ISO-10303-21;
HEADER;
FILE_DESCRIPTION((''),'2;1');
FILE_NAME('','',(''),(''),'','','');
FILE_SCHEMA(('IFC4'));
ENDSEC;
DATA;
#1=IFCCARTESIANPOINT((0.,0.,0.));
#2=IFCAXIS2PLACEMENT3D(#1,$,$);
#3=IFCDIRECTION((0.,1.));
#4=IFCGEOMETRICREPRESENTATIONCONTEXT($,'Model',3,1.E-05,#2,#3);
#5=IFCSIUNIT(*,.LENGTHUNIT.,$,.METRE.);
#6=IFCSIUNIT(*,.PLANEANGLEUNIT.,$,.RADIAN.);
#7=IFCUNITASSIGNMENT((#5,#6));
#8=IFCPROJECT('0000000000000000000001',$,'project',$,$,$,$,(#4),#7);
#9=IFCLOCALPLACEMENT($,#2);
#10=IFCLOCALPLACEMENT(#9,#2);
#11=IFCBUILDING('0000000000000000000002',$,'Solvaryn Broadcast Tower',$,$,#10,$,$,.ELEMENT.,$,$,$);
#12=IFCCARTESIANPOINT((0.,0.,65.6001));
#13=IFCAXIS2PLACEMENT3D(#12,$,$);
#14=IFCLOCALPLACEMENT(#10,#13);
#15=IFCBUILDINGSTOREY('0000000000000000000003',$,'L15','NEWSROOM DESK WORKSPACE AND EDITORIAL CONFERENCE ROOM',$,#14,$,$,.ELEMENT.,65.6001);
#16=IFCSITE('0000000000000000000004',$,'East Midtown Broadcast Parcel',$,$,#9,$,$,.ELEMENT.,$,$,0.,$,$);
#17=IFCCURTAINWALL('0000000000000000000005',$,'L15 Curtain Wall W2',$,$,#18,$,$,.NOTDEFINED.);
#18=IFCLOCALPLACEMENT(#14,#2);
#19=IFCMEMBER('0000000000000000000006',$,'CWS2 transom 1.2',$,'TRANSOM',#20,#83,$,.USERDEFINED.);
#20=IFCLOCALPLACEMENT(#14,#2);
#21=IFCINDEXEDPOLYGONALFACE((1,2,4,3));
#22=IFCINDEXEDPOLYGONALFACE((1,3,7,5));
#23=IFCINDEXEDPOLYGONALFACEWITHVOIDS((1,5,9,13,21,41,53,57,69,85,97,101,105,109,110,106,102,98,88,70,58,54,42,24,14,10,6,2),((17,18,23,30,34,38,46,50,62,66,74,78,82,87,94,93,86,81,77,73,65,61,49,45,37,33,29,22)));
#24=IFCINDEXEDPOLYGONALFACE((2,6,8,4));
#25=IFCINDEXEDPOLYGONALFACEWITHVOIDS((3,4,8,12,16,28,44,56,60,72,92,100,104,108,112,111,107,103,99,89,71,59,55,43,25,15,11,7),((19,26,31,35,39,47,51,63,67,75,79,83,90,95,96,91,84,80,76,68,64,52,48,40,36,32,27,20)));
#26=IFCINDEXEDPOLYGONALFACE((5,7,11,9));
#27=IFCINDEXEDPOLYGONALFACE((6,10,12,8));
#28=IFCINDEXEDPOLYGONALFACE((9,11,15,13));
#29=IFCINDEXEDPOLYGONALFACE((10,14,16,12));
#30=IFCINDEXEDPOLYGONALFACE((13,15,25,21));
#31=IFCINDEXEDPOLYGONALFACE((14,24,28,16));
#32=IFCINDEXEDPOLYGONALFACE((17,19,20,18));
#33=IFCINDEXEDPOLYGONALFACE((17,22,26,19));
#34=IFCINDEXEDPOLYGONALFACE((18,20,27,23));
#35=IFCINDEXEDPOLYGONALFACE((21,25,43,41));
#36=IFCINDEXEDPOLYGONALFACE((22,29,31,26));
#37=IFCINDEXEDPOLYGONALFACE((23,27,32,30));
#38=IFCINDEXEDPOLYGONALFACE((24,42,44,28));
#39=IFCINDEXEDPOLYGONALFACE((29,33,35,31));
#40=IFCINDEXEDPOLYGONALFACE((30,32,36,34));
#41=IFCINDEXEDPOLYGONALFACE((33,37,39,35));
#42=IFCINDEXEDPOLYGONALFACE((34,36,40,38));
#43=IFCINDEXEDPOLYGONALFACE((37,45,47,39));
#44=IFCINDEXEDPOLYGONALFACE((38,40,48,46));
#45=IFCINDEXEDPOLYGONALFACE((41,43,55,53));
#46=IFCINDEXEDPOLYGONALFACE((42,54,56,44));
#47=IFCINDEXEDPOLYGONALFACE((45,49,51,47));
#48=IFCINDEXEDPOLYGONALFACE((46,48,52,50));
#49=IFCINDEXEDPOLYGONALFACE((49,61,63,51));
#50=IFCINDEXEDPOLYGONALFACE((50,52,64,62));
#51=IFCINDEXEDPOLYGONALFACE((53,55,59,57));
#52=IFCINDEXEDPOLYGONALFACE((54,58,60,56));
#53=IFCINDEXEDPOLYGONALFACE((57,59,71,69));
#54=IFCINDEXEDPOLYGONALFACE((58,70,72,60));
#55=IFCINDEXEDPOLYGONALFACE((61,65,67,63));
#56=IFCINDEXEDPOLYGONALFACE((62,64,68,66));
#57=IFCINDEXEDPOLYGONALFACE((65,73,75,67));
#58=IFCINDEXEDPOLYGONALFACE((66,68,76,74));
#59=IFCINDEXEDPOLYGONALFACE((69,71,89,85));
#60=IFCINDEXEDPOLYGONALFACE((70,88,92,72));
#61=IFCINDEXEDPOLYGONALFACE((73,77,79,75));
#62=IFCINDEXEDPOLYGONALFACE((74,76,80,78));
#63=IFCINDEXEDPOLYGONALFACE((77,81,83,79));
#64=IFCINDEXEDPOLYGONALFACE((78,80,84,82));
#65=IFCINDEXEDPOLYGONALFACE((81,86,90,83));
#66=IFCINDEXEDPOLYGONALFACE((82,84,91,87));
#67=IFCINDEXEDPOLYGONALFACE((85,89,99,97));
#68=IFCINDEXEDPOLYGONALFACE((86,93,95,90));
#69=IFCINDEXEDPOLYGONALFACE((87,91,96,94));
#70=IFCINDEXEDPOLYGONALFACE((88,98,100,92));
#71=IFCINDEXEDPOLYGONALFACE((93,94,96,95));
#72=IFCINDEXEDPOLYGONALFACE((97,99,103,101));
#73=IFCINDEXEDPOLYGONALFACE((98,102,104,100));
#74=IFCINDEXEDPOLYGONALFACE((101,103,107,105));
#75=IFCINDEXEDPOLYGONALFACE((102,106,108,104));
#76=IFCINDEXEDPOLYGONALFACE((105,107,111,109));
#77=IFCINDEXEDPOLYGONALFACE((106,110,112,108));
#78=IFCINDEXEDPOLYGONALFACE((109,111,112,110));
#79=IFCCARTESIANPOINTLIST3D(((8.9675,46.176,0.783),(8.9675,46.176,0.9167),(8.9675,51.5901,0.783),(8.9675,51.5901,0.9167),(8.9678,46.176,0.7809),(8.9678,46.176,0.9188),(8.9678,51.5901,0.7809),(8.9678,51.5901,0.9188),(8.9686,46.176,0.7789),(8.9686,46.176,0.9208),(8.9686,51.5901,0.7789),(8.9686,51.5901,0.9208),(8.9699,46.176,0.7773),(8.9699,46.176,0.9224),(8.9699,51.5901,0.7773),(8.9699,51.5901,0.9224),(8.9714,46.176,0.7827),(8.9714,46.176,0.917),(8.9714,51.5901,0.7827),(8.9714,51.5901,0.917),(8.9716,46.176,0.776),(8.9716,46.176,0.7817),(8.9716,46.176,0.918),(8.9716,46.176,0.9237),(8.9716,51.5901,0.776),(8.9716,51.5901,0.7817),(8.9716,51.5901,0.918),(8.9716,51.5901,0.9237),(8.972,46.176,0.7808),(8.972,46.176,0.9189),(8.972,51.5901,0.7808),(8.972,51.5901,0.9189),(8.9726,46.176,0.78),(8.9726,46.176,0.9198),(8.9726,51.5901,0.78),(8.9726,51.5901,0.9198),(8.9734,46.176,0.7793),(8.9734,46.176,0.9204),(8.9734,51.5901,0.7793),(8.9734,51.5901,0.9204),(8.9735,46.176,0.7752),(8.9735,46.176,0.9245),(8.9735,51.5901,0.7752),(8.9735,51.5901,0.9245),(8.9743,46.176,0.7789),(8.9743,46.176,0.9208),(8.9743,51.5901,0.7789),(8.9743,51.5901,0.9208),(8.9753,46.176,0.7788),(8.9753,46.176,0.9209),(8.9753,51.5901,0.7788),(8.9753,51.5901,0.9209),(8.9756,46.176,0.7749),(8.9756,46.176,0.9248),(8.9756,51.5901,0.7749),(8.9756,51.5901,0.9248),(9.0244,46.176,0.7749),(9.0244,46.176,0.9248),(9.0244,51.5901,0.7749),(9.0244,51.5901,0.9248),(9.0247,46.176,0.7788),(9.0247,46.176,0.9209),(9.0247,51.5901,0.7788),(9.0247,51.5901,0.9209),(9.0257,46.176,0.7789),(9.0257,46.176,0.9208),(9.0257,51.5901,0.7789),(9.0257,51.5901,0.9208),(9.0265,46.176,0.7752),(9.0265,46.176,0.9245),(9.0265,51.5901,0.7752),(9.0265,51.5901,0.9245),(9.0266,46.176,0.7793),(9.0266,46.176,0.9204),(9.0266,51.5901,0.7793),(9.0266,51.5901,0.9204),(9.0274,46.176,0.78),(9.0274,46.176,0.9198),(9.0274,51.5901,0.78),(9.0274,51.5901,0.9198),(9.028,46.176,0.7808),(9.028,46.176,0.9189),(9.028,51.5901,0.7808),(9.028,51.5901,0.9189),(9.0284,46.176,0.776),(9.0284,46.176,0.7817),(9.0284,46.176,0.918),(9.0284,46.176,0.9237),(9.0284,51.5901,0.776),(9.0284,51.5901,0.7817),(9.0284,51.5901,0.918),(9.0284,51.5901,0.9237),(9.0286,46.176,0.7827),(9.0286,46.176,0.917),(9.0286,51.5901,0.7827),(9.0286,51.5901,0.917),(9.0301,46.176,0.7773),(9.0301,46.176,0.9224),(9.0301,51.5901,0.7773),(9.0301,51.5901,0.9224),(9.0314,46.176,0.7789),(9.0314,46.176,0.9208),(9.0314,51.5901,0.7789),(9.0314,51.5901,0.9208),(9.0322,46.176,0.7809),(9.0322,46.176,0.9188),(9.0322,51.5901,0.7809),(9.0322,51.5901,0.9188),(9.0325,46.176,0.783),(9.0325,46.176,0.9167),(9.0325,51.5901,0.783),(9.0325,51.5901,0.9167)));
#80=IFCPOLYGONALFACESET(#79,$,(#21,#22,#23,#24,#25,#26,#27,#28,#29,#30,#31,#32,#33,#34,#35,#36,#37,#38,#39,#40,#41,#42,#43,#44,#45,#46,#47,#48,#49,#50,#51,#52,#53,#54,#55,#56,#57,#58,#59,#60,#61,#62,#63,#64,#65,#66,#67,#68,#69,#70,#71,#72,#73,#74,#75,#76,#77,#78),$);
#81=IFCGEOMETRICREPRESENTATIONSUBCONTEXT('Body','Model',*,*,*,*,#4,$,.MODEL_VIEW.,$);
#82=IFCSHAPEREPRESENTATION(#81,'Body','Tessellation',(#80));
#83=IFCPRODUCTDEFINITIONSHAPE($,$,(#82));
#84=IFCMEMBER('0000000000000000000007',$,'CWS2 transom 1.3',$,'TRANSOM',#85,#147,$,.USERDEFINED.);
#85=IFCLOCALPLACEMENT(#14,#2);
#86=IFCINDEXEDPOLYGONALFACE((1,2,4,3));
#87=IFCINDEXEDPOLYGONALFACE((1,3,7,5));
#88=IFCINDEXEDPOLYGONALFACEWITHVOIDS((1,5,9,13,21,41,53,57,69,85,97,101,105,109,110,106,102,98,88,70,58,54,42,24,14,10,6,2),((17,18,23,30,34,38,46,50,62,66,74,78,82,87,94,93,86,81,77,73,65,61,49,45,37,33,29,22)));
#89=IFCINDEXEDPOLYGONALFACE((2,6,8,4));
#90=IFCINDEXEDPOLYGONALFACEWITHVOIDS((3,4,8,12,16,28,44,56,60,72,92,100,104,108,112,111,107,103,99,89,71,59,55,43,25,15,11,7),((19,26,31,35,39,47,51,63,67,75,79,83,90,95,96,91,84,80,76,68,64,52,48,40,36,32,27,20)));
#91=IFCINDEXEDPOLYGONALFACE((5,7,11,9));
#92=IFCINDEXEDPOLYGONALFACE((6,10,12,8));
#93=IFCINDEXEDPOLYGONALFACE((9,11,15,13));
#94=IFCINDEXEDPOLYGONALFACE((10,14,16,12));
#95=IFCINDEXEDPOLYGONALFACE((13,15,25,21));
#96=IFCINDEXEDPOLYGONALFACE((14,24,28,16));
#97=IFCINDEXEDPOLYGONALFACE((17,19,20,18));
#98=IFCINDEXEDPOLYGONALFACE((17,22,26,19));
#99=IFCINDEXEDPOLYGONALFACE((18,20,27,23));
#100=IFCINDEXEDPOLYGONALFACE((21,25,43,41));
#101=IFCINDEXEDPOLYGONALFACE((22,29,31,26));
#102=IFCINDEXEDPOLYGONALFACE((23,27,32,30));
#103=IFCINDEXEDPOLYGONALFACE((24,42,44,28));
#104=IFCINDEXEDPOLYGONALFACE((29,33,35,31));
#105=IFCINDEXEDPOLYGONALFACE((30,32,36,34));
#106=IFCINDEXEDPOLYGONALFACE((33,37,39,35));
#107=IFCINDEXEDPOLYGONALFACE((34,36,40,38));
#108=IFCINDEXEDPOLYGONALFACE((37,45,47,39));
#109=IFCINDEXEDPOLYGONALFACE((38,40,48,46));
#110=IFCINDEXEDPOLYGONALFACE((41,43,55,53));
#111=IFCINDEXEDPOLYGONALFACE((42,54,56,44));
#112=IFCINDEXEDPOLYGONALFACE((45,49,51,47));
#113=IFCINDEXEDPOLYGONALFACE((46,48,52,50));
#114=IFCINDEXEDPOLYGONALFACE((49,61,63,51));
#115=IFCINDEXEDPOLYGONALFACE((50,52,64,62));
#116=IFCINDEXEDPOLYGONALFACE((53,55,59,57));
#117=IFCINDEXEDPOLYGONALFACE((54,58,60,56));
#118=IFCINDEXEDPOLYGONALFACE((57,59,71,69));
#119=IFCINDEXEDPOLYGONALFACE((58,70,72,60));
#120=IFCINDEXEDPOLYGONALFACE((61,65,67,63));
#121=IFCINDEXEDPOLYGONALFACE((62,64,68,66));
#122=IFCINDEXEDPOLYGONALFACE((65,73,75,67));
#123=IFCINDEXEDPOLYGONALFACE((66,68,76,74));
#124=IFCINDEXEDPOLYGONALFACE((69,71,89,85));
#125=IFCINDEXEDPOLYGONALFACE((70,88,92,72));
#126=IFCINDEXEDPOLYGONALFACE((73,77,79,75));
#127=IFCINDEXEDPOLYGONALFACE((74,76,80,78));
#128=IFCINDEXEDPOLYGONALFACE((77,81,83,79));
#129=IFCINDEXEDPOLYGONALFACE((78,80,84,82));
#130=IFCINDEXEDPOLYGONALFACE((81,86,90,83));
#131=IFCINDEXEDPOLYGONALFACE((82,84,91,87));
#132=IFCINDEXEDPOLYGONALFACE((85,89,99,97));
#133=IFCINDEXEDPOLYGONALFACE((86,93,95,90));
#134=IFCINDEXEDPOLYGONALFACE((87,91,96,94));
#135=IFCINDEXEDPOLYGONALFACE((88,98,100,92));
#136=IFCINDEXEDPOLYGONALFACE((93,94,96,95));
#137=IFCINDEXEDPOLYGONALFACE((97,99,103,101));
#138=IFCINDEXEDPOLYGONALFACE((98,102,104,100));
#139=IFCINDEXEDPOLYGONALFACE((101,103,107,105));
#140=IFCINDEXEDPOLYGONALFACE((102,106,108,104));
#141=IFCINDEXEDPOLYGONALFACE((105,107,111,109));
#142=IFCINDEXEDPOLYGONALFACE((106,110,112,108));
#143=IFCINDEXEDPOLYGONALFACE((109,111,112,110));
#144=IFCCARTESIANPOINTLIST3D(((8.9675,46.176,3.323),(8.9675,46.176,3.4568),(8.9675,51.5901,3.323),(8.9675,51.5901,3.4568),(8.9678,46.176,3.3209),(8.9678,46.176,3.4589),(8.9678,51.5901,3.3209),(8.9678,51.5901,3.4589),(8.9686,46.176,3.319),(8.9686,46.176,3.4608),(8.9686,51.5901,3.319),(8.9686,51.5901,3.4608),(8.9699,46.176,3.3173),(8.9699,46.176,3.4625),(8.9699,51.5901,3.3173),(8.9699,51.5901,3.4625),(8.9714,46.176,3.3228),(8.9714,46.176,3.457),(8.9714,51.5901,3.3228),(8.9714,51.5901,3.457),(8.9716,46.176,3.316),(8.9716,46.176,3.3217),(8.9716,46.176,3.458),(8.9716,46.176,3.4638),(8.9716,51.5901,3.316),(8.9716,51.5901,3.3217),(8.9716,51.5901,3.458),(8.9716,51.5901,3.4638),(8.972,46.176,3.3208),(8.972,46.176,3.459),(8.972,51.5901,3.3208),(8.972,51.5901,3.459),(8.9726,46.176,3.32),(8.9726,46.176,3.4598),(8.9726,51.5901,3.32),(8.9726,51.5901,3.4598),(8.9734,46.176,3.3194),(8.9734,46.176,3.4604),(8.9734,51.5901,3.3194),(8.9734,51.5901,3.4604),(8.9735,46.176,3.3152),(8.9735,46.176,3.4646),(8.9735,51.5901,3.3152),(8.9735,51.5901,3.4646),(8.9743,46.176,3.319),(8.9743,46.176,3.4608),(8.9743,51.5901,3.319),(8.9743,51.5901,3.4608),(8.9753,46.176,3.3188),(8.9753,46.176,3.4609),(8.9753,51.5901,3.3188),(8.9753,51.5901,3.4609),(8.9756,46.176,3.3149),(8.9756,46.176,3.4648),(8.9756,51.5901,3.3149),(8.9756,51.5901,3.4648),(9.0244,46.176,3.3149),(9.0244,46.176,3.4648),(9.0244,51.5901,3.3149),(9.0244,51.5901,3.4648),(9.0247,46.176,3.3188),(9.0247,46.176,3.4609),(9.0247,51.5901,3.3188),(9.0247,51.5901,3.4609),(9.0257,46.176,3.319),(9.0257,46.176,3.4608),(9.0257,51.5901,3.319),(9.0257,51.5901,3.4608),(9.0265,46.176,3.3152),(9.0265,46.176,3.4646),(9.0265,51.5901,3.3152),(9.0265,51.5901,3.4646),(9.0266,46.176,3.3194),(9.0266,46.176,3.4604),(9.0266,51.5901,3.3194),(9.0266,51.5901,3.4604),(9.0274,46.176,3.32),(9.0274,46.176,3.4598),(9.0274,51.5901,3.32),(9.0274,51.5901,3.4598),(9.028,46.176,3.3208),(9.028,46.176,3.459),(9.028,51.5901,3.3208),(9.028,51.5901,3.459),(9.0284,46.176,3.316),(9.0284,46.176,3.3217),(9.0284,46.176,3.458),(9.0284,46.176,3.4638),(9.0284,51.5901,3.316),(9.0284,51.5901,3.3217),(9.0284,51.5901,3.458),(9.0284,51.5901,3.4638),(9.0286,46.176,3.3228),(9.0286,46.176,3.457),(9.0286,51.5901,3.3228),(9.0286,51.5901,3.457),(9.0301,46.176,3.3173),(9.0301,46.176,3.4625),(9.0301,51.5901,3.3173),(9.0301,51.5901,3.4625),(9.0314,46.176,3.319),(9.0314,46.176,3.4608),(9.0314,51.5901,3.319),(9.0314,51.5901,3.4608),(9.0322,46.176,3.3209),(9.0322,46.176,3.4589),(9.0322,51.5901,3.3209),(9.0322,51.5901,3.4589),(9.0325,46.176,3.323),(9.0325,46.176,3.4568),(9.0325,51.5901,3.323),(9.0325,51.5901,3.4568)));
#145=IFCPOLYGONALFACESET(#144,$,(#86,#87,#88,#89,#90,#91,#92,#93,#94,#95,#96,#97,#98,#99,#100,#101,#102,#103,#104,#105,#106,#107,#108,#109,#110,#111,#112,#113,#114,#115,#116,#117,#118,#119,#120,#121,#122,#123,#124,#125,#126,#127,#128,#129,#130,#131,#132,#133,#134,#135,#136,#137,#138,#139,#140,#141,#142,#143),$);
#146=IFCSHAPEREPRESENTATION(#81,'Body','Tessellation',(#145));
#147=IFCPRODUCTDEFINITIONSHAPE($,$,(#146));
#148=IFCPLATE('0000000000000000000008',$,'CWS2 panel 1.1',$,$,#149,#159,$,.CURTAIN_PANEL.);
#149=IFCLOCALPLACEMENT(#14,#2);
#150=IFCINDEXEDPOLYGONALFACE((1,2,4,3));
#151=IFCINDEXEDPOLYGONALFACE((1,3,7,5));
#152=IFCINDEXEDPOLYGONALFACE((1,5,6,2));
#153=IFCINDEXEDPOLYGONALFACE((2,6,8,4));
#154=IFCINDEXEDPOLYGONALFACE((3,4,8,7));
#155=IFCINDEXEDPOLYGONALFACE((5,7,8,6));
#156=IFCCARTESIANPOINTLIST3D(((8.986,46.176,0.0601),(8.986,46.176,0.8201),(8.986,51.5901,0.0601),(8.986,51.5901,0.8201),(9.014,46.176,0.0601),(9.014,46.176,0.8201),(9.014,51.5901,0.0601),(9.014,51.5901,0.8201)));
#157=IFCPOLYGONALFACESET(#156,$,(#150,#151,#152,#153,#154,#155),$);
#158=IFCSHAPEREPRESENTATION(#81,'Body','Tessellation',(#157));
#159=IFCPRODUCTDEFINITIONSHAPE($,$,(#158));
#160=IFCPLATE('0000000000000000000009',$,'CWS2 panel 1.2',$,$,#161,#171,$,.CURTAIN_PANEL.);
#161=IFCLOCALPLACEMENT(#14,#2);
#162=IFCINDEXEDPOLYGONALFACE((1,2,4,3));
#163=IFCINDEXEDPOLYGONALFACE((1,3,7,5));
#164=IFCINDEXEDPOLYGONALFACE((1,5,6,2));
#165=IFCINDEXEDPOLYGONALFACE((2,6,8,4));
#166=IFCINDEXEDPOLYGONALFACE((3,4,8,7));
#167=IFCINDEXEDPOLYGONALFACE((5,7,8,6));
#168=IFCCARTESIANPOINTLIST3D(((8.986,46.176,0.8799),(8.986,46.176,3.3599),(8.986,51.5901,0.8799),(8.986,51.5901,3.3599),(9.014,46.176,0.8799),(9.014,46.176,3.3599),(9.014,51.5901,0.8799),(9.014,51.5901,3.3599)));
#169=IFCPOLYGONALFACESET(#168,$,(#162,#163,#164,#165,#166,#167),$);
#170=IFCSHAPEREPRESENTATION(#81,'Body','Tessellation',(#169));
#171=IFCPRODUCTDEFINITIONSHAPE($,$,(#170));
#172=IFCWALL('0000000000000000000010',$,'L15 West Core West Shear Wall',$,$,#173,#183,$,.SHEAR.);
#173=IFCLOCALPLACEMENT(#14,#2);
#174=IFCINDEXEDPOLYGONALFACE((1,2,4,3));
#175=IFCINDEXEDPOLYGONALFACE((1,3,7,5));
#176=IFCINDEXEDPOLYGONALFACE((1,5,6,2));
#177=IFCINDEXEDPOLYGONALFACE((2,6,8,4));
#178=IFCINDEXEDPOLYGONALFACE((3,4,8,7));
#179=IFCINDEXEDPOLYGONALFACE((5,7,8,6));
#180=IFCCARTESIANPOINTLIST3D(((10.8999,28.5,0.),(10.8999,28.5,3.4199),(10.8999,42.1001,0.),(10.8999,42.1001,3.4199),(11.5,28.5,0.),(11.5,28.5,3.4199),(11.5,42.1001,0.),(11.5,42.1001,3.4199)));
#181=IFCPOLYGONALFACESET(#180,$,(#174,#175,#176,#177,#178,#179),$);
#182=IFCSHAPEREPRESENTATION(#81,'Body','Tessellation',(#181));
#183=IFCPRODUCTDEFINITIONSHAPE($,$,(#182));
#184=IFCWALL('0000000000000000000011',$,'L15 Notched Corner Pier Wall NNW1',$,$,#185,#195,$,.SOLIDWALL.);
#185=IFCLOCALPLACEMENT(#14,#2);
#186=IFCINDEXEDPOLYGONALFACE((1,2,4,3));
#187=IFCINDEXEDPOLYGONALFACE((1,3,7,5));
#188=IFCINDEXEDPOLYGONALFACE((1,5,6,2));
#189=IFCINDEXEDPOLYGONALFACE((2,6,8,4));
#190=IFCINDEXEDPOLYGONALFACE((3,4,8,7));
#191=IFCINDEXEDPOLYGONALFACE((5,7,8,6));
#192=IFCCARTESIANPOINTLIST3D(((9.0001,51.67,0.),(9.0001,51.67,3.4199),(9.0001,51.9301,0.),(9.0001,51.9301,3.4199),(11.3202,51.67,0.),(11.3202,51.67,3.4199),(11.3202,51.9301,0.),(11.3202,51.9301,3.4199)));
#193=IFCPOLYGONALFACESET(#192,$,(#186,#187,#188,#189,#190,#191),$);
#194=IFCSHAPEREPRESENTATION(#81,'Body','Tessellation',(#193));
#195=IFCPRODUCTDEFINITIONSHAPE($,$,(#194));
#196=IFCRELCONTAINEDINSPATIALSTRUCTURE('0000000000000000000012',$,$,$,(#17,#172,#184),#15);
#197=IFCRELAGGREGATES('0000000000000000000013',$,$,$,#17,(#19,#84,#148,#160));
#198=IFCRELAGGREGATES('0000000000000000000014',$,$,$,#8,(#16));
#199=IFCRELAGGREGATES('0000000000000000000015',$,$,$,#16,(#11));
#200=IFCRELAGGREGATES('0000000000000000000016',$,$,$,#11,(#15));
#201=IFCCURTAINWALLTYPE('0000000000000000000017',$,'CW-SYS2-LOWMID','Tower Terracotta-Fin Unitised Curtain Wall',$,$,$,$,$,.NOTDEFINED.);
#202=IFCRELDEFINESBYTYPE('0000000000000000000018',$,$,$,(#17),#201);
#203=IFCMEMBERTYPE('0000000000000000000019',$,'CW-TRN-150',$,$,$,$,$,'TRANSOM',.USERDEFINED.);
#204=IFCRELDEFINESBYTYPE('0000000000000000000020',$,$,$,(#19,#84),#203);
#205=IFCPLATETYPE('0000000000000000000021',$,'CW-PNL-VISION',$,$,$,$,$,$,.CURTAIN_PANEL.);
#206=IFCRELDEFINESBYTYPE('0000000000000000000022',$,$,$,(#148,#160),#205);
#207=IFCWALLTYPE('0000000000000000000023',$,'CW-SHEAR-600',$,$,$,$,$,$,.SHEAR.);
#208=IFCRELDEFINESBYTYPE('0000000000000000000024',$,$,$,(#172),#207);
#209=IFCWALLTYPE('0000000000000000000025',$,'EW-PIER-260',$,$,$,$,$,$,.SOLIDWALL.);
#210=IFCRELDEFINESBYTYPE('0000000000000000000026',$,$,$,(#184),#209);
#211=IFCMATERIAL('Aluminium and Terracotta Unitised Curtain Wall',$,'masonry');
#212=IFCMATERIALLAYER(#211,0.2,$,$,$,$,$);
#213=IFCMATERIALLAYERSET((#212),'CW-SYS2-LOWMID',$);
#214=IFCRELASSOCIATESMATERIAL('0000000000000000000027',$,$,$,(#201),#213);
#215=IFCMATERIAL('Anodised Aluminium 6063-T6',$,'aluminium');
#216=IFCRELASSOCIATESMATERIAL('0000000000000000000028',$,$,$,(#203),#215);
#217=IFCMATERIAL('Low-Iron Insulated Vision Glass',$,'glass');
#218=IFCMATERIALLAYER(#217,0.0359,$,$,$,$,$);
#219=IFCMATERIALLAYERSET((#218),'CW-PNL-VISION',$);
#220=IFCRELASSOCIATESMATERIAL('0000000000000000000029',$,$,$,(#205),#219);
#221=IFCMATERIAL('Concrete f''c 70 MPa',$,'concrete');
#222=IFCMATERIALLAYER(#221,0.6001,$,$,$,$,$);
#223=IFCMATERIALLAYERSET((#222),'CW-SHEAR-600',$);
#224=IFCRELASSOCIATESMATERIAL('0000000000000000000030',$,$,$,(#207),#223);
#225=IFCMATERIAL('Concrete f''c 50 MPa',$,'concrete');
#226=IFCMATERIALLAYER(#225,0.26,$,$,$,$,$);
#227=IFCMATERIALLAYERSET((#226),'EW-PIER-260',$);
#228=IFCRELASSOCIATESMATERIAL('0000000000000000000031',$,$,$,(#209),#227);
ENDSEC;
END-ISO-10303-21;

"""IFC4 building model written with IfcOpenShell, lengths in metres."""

from ifc_helpers import new_model, si_unit, direction, frame, frame_2d, origin, origin_2d, place, context, subcontext, project, spatial, rectangle, hollow_rectangle, extrude, material, layer, layer_set, material_profile, profile_set, type_object, element, aggregate, save


model = new_model("IFC4")

# Units and contexts
model_context = context("Model", 3, precision=1e-05, world=origin(), true_north=direction((0.0, 1.0)))
body_context = subcontext(model_context, "Body", "Model", "MODEL_VIEW")
ifc_project = project(units=[si_unit("LENGTHUNIT", "METRE"), si_unit("PLANEANGLEUNIT", "RADIAN")], contexts=[model_context])

# Site, building, storey
site_placement = place(None, origin())
site = spatial("IfcSite", under=ifc_project, at=site_placement, Name="East Midtown Broadcast Parcel", CompositionType="ELEMENT", RefElevation=0.0)
building_placement = place(site_placement, origin())
building = spatial("IfcBuilding", under=site, at=building_placement, Name="Solvaryn Broadcast Tower", CompositionType="ELEMENT")
storey_placement = place(building_placement, frame((0.0, 0.0, 65.6001)))
storey = spatial("IfcBuildingStorey", under=building, at=storey_placement, Name="L15", Description="NEWSROOM DESK WORKSPACE AND EDITORIAL CONFERENCE ROOM", CompositionType="ELEMENT", Elevation=65.6001)

# Shared definitions
ifc_material_1 = material(Name="Aluminium and Terracotta Unitised Curtain Wall", Category="masonry")
ifc_layer_1 = layer(ifc_material_1, 0.2)
ifc_layer_set_1 = layer_set([ifc_layer_1], Name="CW-SYS2-LOWMID")
curtain_wall_type = type_object("IfcCurtainWallType", Name="CW-SYS2-LOWMID", Description="Tower Terracotta-Fin Unitised Curtain Wall", PredefinedType="NOTDEFINED", material=ifc_layer_set_1)

# Curtain wall
curtain_wall_1_placement = place(storey_placement, origin())
curtain_wall_1 = element("IfcCurtainWall", 1, at=curtain_wall_1_placement, inside=storey, type_object=curtain_wall_type, Name="L15 Curtain Wall W2", PredefinedType="NOTDEFINED")

# Members
ifc_material_2 = material(Name="Anodised Aluminium 6063-T6", Category="aluminium")
ifc_material_profile_1 = material_profile(ifc_material_2, hollow_rectangle(XDim=0.0649, YDim=0.1499, WallThickness=0.0039, InnerFilletRadius=0.0039, OuterFilletRadius=0.0081, at=origin_2d()))
ifc_profile_set_1 = profile_set([ifc_material_profile_1], Name="Anodised Aluminium 6063-T6")
member_type_1 = type_object("IfcMemberType", Name="CW-TRN-150", ElementType="TRANSOM", PredefinedType="USERDEFINED", material=ifc_profile_set_1)
member_1_placement = place(storey_placement, frame((9.0, 46.176, 0.8499), z_axis=(0.0, 1.0, 0.0), x_axis=(-1.0, 0.0, 0.0)))
member_1 = element("IfcMember", 2, at=member_1_placement, type_object=member_type_1, Name="CWS2 transom 1.2", ObjectType="TRANSOM", PredefinedType="USERDEFINED", context=body_context, shape_type="SweptSolid", body=[
    extrude(hollow_rectangle(XDim=0.0649, YDim=0.1499, WallThickness=0.0039, InnerFilletRadius=0.0039, OuterFilletRadius=0.0081, at=origin_2d()), origin(), (0.0, 0.0, 1.0), 5.4141),
])
member_2_placement = place(storey_placement, frame((9.0, 46.176, 3.3899), z_axis=(0.0, 1.0, 0.0), x_axis=(-1.0, 0.0, 0.0)))
member_2 = element("IfcMember", 3, at=member_2_placement, type_object=member_type_1, Name="CWS2 transom 1.3", ObjectType="TRANSOM", PredefinedType="USERDEFINED", context=body_context, shape_type="SweptSolid", body=[
    extrude(hollow_rectangle(XDim=0.0649, YDim=0.1499, WallThickness=0.0039, InnerFilletRadius=0.0039, OuterFilletRadius=0.0081, at=origin_2d()), origin(), (0.0, 0.0, 1.0), 5.4141),
])

# Plates
ifc_material_3 = material(Name="Low-Iron Insulated Vision Glass", Category="glass")
ifc_layer_2 = layer(ifc_material_3, 0.0359)
ifc_layer_set_2 = layer_set([ifc_layer_2], Name="CW-PNL-VISION")
plate_type = type_object("IfcPlateType", Name="CW-PNL-VISION", PredefinedType="CURTAIN_PANEL", material=ifc_layer_set_2)
plate_1_placement = place(storey_placement, frame((9.0, 48.8831, 0.0601), z_axis=(0.0, 0.0, 1.0), x_axis=(0.0, 1.0, 0.0)))
plate_1 = element("IfcPlate", 4, at=plate_1_placement, type_object=plate_type, Name="CWS2 panel 1.1", PredefinedType="CURTAIN_PANEL", context=body_context, shape_type="SweptSolid", body=[
    extrude(rectangle(XDim=5.4141, YDim=0.0281, at=origin_2d()), origin(), (0.0, 0.0, 1.0), 0.76),
])
plate_2_placement = place(storey_placement, frame((9.0, 48.8831, 0.8799), z_axis=(0.0, 0.0, 1.0), x_axis=(0.0, 1.0, 0.0)))
plate_2 = element("IfcPlate", 5, at=plate_2_placement, type_object=plate_type, Name="CWS2 panel 1.2", PredefinedType="CURTAIN_PANEL", context=body_context, shape_type="SweptSolid", body=[
    extrude(rectangle(XDim=5.4141, YDim=0.0281, at=origin_2d()), origin(), (0.0, 0.0, 1.0), 2.48),
])
aggregate(curtain_wall_1, [member_1, member_2, plate_1, plate_2])

# Walls
ifc_material_4 = material(Name="Concrete f'c 70 MPa", Category="concrete")
ifc_layer_3 = layer(ifc_material_4, 0.6001)
ifc_layer_set_3 = layer_set([ifc_layer_3], Name="CW-SHEAR-600")
wall_type_1 = type_object("IfcWallType", Name="CW-SHEAR-600", PredefinedType="SHEAR", material=ifc_layer_set_3)
wall_1_placement = place(storey_placement, frame((11.2, 42.1001, 0.0), z_axis=(0.0, 0.0, 1.0), x_axis=(0.0, -1.0, 0.0)))
element("IfcWall", 6, at=wall_1_placement, inside=storey, type_object=wall_type_1, Name="L15 West Core West Shear Wall", PredefinedType="SHEAR", context=body_context, shape_type="SweptSolid", body=[
    extrude(rectangle(XDim=13.6001, YDim=0.6001, at=frame_2d((6.8, 0.0))), origin(), (0.0, 0.0, 1.0), 3.4199),
])
ifc_material_5 = material(Name="Concrete f'c 50 MPa", Category="concrete")
ifc_layer_4 = layer(ifc_material_5, 0.26)
ifc_layer_set_4 = layer_set([ifc_layer_4], Name="EW-PIER-260")
wall_type_2 = type_object("IfcWallType", Name="EW-PIER-260", PredefinedType="SOLIDWALL", material=ifc_layer_set_4)
wall_2_placement = place(storey_placement, frame((9.0, 51.8, 0.0), z_axis=(0.0, 0.0, 1.0), x_axis=(1.0, 0.0, 0.0)))
element("IfcWall", 7, at=wall_2_placement, inside=storey, type_object=wall_type_2, Name="L15 Notched Corner Pier Wall NNW1", PredefinedType="SOLIDWALL", context=body_context, shape_type="SweptSolid", body=[
    extrude(rectangle(XDim=2.3201, YDim=0.26, at=frame_2d((1.1602, 0.0))), origin(), (0.0, 0.0, 1.0), 3.4199),
])

save(model, "model.ifc")
